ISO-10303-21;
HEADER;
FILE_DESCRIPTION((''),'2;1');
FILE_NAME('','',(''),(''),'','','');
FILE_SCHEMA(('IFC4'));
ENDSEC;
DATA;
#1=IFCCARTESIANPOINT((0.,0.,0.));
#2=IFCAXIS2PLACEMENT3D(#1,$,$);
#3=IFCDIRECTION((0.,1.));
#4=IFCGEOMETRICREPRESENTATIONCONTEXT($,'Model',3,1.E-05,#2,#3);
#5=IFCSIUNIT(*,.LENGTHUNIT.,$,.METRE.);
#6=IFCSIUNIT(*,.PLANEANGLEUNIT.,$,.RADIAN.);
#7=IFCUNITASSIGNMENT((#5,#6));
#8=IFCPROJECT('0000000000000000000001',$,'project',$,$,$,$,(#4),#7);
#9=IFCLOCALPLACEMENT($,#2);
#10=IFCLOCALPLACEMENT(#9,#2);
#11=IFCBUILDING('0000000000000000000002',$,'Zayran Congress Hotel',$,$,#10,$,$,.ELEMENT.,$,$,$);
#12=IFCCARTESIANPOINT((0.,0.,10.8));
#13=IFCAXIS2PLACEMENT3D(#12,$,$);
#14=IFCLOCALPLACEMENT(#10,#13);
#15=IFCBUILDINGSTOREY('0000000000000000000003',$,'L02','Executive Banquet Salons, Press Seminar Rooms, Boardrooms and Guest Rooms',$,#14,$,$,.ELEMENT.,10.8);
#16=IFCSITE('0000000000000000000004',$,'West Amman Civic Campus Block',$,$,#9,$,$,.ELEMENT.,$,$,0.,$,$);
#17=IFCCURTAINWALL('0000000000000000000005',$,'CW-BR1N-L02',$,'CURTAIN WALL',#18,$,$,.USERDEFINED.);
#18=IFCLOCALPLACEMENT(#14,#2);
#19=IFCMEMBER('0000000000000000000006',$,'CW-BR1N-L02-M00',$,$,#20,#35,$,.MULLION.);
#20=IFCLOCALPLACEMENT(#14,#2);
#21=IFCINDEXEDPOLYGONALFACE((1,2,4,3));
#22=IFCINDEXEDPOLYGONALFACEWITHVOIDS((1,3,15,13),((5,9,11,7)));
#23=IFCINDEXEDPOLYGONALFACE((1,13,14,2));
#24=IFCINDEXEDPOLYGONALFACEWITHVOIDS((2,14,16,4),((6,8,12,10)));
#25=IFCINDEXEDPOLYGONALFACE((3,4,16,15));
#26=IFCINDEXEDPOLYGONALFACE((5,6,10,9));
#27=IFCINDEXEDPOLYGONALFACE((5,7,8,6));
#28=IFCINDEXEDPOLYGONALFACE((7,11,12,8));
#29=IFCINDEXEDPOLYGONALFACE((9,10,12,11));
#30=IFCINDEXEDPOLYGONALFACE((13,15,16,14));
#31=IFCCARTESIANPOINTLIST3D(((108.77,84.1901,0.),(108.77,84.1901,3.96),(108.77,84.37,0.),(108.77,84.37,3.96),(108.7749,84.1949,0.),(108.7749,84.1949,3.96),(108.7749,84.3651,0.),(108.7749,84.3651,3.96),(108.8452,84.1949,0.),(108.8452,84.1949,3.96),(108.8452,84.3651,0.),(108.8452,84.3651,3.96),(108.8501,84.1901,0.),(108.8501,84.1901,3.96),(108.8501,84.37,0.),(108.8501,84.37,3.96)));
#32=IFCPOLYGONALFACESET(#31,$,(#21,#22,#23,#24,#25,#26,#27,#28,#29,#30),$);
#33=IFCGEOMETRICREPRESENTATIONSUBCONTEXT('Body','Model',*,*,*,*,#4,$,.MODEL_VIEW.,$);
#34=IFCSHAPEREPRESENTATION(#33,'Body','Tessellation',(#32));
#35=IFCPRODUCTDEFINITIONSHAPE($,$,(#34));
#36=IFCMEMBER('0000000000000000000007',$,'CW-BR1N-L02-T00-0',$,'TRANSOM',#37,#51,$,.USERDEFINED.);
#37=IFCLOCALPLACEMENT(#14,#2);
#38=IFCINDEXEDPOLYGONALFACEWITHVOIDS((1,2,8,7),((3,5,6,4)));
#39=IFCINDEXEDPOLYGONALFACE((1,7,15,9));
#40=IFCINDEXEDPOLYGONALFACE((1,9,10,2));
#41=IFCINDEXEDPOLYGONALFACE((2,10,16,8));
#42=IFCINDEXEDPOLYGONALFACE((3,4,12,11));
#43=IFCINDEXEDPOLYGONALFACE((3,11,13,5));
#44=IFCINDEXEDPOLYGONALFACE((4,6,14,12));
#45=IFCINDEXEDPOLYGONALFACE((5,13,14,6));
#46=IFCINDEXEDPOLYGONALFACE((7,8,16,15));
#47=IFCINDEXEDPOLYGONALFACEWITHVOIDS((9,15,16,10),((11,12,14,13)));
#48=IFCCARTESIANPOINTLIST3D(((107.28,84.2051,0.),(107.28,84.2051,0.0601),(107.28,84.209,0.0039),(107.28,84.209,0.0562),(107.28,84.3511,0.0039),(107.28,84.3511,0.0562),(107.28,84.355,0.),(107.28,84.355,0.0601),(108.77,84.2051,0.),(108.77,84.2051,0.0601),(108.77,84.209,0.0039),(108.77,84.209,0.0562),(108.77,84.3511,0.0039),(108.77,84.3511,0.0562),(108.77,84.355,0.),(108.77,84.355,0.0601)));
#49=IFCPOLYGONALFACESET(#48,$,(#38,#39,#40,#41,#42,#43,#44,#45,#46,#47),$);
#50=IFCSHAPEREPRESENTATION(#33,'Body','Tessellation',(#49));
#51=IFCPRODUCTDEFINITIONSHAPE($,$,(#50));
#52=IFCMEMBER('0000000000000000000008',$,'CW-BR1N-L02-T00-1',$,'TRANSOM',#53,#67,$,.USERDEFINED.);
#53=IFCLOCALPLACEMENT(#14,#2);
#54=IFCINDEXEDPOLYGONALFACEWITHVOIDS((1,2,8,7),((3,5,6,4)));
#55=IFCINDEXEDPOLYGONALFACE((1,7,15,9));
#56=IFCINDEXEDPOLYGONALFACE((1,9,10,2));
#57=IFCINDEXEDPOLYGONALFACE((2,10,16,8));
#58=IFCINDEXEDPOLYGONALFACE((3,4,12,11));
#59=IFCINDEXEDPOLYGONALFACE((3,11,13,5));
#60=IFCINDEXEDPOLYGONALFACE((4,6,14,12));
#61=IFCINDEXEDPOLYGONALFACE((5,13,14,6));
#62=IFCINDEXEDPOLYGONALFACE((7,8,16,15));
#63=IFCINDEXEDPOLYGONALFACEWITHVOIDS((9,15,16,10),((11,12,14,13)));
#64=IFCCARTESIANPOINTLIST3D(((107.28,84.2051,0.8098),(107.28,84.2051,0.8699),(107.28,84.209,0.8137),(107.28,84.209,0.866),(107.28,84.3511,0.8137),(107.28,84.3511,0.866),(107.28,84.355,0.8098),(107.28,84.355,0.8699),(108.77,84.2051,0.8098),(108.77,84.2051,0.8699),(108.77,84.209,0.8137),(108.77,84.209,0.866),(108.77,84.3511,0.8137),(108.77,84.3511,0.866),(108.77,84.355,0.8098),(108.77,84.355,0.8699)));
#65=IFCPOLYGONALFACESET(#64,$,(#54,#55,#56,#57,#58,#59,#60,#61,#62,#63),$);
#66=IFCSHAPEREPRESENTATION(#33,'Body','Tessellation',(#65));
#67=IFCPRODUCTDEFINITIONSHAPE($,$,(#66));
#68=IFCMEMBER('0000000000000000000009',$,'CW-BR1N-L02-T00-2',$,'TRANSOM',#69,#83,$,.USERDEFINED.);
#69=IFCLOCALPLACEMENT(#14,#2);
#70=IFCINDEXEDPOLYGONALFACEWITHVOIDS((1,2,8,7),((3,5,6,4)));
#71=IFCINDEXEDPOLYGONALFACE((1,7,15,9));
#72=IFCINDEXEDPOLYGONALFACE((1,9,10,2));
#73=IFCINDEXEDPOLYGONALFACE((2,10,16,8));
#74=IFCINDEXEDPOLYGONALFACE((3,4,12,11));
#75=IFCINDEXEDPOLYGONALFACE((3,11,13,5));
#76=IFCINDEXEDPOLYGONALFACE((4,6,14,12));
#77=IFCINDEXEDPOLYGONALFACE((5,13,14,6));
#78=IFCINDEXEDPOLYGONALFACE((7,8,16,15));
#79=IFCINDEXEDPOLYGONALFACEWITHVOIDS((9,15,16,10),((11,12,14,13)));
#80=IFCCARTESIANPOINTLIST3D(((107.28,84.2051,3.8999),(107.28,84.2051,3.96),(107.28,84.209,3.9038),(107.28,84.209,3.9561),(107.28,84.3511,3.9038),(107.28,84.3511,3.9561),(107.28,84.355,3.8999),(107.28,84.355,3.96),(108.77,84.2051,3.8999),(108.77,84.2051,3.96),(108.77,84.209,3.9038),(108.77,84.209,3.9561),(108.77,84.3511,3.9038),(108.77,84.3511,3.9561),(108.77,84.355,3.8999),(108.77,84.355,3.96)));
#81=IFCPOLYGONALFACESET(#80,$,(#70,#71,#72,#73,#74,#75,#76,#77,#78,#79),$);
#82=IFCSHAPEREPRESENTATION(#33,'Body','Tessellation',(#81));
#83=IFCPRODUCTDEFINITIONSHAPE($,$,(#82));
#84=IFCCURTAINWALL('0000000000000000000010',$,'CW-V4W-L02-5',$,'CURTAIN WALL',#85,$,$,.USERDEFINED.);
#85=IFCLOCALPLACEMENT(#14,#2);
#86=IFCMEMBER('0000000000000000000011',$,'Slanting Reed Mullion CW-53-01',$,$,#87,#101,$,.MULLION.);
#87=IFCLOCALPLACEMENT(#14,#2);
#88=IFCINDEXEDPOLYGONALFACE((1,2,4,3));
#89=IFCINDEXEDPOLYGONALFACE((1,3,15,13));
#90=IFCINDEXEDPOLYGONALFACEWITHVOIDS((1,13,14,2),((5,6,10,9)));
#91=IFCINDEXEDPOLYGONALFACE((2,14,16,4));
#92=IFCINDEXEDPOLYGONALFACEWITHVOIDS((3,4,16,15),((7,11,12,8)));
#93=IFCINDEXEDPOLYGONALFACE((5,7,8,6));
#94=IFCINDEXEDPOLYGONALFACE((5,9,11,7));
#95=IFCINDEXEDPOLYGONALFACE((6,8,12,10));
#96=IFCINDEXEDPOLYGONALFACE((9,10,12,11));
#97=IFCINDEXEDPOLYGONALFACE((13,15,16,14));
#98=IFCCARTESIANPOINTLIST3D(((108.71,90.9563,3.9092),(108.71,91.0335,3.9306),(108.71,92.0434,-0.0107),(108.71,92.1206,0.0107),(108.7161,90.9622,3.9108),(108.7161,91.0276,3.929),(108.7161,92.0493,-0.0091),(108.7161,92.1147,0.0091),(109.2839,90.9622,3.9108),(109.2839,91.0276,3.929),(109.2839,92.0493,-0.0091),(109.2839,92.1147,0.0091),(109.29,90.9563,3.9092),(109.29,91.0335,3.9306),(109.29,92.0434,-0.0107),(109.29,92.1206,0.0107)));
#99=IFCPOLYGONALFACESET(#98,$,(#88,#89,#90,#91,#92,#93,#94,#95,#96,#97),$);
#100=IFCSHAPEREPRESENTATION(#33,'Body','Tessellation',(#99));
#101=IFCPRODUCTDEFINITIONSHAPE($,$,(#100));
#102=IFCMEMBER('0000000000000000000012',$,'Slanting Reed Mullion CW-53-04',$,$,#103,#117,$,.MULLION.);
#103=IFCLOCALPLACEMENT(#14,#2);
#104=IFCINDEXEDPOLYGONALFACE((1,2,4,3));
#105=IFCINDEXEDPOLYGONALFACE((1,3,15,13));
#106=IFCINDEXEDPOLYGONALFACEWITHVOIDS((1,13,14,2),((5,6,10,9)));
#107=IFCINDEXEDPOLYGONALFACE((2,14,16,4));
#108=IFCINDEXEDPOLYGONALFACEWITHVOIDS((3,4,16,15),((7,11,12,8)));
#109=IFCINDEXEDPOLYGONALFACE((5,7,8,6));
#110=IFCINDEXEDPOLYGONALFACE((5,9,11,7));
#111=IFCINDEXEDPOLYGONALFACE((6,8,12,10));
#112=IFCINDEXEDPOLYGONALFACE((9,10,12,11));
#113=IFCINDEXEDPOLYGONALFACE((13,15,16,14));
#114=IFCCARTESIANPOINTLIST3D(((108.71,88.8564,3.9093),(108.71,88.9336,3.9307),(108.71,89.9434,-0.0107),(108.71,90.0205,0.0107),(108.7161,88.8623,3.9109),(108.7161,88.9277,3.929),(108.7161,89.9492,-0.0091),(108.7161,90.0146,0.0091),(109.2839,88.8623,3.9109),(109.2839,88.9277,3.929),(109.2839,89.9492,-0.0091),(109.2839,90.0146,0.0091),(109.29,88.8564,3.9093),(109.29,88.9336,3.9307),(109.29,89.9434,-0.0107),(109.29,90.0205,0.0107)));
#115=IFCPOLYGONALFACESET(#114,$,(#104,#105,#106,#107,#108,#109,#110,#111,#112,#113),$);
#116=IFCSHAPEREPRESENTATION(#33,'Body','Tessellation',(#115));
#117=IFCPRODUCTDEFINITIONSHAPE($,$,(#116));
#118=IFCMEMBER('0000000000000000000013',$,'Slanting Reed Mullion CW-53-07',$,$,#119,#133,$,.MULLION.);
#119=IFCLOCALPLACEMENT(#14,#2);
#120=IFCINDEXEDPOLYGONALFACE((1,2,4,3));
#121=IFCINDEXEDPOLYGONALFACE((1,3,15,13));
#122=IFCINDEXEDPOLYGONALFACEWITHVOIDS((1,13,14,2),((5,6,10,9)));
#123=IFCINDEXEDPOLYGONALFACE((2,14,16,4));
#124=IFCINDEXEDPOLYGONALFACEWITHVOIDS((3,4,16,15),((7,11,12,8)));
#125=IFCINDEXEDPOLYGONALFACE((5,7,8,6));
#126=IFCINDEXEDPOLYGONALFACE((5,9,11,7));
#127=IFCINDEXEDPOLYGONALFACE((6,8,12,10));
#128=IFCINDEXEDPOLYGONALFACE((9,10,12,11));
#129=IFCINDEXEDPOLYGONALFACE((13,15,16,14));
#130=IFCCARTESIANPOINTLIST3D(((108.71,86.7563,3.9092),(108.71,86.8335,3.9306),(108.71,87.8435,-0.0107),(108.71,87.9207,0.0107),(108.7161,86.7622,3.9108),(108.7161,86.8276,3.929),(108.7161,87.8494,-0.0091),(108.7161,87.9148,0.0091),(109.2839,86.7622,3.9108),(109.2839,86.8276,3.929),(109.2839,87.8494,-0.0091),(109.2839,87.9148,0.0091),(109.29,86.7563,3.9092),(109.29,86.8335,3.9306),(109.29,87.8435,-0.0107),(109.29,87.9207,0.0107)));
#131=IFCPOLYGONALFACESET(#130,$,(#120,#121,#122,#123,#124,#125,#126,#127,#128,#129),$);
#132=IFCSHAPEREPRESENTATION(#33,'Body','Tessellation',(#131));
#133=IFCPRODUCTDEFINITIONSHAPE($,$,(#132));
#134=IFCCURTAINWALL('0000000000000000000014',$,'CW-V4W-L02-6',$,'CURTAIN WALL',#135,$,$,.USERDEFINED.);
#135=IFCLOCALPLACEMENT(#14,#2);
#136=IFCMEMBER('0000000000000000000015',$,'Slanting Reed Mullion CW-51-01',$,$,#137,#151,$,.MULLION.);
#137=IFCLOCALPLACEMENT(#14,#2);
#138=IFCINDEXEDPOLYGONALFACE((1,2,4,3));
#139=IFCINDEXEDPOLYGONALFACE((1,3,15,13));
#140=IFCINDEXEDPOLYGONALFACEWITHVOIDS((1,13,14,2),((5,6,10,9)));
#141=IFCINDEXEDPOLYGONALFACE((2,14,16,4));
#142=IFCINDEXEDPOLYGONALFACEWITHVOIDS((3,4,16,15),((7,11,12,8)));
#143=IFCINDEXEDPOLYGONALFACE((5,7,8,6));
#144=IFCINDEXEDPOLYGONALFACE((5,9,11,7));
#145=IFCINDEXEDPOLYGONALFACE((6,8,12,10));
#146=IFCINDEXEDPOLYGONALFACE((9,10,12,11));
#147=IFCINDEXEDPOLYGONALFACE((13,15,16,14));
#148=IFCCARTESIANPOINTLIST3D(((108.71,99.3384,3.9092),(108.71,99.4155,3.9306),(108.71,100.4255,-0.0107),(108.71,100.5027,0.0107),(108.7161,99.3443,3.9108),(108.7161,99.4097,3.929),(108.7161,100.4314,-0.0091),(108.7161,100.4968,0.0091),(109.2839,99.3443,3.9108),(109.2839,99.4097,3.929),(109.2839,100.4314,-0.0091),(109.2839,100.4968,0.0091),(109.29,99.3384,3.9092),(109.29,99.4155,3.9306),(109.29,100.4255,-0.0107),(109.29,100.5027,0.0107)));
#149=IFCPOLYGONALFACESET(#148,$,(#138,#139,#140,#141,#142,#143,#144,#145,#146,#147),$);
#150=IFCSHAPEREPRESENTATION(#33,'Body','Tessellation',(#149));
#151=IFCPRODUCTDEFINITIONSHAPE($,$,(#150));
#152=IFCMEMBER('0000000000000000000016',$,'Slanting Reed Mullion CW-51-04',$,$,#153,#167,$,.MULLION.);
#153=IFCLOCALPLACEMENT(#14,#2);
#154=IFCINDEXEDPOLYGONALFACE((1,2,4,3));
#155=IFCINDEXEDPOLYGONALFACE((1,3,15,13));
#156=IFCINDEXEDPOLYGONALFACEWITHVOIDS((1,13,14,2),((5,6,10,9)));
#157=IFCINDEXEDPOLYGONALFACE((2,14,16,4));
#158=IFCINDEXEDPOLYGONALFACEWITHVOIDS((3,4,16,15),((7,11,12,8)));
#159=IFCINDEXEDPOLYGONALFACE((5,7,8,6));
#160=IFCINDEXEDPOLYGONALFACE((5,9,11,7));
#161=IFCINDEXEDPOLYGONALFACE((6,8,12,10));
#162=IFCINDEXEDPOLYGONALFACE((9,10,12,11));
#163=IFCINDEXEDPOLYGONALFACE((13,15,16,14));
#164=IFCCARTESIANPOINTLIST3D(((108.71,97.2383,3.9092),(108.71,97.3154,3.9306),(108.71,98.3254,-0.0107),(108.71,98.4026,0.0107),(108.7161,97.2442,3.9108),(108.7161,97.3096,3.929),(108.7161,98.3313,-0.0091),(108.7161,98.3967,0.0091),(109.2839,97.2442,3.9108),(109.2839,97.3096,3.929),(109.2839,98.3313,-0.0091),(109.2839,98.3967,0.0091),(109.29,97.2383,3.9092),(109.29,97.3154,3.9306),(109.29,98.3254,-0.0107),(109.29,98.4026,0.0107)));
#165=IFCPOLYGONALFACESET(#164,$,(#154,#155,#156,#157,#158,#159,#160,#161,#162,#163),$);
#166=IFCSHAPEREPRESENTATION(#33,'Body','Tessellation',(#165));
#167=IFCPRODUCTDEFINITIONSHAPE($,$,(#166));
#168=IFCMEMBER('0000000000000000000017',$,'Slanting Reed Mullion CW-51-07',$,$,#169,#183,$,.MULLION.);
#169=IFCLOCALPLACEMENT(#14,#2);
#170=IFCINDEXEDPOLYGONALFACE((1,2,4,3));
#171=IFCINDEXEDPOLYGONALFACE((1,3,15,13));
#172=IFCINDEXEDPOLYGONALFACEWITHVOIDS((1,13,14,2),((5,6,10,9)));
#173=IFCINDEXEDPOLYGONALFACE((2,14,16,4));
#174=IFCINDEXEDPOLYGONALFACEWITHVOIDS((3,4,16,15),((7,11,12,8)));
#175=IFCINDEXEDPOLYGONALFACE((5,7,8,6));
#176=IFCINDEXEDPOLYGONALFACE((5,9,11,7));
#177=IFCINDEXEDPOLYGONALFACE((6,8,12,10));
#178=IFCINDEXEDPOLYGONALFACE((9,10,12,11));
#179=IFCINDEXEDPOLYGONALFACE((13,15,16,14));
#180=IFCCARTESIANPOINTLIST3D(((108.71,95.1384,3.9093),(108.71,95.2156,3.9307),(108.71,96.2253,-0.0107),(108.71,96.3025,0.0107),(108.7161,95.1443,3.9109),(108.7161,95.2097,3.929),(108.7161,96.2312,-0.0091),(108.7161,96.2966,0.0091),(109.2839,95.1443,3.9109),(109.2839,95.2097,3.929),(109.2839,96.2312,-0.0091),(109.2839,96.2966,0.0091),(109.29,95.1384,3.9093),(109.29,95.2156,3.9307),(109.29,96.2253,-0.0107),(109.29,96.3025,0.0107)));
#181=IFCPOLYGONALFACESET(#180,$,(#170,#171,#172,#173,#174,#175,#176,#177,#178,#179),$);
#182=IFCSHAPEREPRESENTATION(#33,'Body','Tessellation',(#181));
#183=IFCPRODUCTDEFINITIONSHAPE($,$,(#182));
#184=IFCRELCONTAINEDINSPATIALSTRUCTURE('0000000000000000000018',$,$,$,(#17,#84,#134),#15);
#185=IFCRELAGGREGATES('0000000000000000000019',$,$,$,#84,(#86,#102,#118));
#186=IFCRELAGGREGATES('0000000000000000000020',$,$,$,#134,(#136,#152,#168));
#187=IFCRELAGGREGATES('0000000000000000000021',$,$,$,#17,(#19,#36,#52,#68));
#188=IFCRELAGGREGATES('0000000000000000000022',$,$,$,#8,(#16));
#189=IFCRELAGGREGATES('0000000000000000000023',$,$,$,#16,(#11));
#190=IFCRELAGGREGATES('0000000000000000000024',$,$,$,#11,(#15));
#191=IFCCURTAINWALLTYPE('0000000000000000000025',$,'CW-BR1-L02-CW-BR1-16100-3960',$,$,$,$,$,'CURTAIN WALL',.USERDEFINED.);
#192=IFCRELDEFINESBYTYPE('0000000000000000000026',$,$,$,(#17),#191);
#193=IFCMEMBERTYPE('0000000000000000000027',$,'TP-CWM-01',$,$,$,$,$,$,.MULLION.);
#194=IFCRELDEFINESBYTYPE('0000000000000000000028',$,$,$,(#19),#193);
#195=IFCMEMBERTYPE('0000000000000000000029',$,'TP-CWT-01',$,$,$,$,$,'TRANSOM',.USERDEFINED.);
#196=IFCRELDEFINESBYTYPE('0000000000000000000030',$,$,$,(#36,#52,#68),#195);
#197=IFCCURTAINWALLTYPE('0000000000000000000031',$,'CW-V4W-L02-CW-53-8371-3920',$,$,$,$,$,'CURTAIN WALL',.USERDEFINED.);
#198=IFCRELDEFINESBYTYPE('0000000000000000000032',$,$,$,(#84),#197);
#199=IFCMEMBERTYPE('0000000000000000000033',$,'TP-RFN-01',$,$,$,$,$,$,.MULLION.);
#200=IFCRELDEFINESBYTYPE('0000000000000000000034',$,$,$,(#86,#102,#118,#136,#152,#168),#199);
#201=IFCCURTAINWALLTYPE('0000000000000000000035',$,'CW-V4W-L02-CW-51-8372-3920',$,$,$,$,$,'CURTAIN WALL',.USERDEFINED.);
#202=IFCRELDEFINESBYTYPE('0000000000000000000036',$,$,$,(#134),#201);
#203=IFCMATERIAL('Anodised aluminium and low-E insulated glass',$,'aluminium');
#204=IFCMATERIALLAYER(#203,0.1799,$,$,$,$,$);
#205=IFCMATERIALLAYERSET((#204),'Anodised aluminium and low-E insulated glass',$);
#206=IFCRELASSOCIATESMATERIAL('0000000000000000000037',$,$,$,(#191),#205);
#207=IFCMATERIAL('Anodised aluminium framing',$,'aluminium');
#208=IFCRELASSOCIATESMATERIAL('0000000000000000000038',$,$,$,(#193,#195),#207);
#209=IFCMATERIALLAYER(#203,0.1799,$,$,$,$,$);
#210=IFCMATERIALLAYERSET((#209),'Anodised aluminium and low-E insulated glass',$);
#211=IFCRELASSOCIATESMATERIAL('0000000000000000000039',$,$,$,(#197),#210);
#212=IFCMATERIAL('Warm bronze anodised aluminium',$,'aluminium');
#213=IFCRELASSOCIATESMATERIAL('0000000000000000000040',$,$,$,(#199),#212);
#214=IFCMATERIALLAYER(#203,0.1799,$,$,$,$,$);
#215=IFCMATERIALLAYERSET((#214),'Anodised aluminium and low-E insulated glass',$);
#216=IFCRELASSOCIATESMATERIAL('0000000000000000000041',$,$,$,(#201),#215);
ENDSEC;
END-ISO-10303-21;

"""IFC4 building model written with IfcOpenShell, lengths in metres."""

from ifc_helpers import new_model, si_unit, direction, frame, origin, origin_2d, place, context, subcontext, project, spatial, hollow_rectangle, extrude, material, layer, layer_set, material_profile, profile_set, type_object, element, aggregate, save


model = new_model("IFC4")

# Units and contexts
model_context = context("Model", 3, precision=1e-05, world=origin(), true_north=direction((0.0, 1.0)))
body_context = subcontext(model_context, "Body", "Model", "MODEL_VIEW")
ifc_project = project(units=[si_unit("LENGTHUNIT", "METRE"), si_unit("PLANEANGLEUNIT", "RADIAN")], contexts=[model_context])

# Site, building, storey
site_placement = place(None, origin())
site = spatial("IfcSite", under=ifc_project, at=site_placement, Name="West Amman Civic Campus Block", CompositionType="ELEMENT", RefElevation=0.0)
building_placement = place(site_placement, origin())
building = spatial("IfcBuilding", under=site, at=building_placement, Name="Zayran Congress Hotel", CompositionType="ELEMENT")
storey_placement = place(building_placement, frame((0.0, 0.0, 10.8)))
storey = spatial("IfcBuildingStorey", under=building, at=storey_placement, Name="L02", Description="Executive Banquet Salons, Press Seminar Rooms, Boardrooms and Guest Rooms", CompositionType="ELEMENT", Elevation=10.8)

# Curtain walls, members
ifc_material_1 = material(Name="Anodised aluminium and low-E insulated glass", Category="aluminium")
ifc_layer_1 = layer(ifc_material_1, 0.1799)
ifc_layer_set_1 = layer_set([ifc_layer_1], Name="Anodised aluminium and low-E insulated glass")
curtain_wall_type_1 = type_object("IfcCurtainWallType", Name="CW-BR1-L02-CW-BR1-16100-3960", ElementType="CURTAIN WALL", PredefinedType="USERDEFINED", material=ifc_layer_set_1)
curtain_wall_1_placement = place(storey_placement, origin())
curtain_wall_1 = element("IfcCurtainWall", 1, at=curtain_wall_1_placement, inside=storey, type_object=curtain_wall_type_1, Name="CW-BR1N-L02", ObjectType="CURTAIN WALL", PredefinedType="USERDEFINED")
ifc_material_2 = material(Name="Anodised aluminium framing", Category="aluminium")
ifc_material_profile_1 = material_profile(ifc_material_2, hollow_rectangle(XDim=0.0801, YDim=0.1799, WallThickness=0.0049, at=origin_2d()), Name="RHS 180x80x5")
ifc_profile_set_1 = profile_set([ifc_material_profile_1], Name="Anodised aluminium framing")
member_type_1 = type_object("IfcMemberType", Name="TP-CWM-01", PredefinedType="MULLION", material=ifc_profile_set_1)
member_1_placement = place(storey_placement, frame((108.8101, 84.28, 0.0), z_axis=(0.0, 0.0, 1.0), x_axis=(1.0, 0.0, 0.0)))
member_1 = element("IfcMember", 2, at=member_1_placement, type_object=member_type_1, Name="CW-BR1N-L02-M00", PredefinedType="MULLION", context=body_context, shape_type="SweptSolid", body=[
    extrude(hollow_rectangle(XDim=0.0801, YDim=0.1799, WallThickness=0.0049, at=origin_2d()), origin(), (0.0, 0.0, 1.0), 3.96),
])
ifc_material_profile_2 = material_profile(ifc_material_2, hollow_rectangle(XDim=0.0601, YDim=0.1499, WallThickness=0.0039, at=origin_2d()), Name="RHS 150x60x4")
ifc_profile_set_2 = profile_set([ifc_material_profile_2], Name="Anodised aluminium framing")
member_type_2 = type_object("IfcMemberType", Name="TP-CWT-01", ElementType="TRANSOM", PredefinedType="USERDEFINED", material=ifc_profile_set_2)
member_2_placement = place(storey_placement, frame((108.77, 84.28, 0.03), z_axis=(-1.0, 0.0, 0.0), x_axis=(0.0, 0.0, 1.0)))
member_2 = element("IfcMember", 3, at=member_2_placement, type_object=member_type_2, Name="CW-BR1N-L02-T00-0", ObjectType="TRANSOM", PredefinedType="USERDEFINED", context=body_context, shape_type="SweptSolid", body=[
    extrude(hollow_rectangle(XDim=0.0601, YDim=0.1499, WallThickness=0.0039, at=origin_2d()), origin(), (0.0, 0.0, 1.0), 1.49),
])
member_3_placement = place(storey_placement, frame((108.77, 84.28, 0.8398), z_axis=(-1.0, 0.0, 0.0), x_axis=(0.0, 0.0, 1.0)))
member_3 = element("IfcMember", 4, at=member_3_placement, type_object=member_type_2, Name="CW-BR1N-L02-T00-1", ObjectType="TRANSOM", PredefinedType="USERDEFINED", context=body_context, shape_type="SweptSolid", body=[
    extrude(hollow_rectangle(XDim=0.0601, YDim=0.1499, WallThickness=0.0039, at=origin_2d()), origin(), (0.0, 0.0, 1.0), 1.49),
])
member_4_placement = place(storey_placement, frame((108.77, 84.28, 3.9299), z_axis=(-1.0, 0.0, 0.0), x_axis=(0.0, 0.0, 1.0)))
member_4 = element("IfcMember", 5, at=member_4_placement, type_object=member_type_2, Name="CW-BR1N-L02-T00-2", ObjectType="TRANSOM", PredefinedType="USERDEFINED", context=body_context, shape_type="SweptSolid", body=[
    extrude(hollow_rectangle(XDim=0.0601, YDim=0.1499, WallThickness=0.0039, at=origin_2d()), origin(), (0.0, 0.0, 1.0), 1.49),
])
ifc_layer_2 = layer(ifc_material_1, 0.1799)
ifc_layer_set_2 = layer_set([ifc_layer_2], Name="Anodised aluminium and low-E insulated glass")
curtain_wall_type_2 = type_object("IfcCurtainWallType", Name="CW-V4W-L02-CW-53-8371-3920", ElementType="CURTAIN WALL", PredefinedType="USERDEFINED", material=ifc_layer_set_2)
curtain_wall_2_placement = place(storey_placement, origin())
curtain_wall_2 = element("IfcCurtainWall", 6, at=curtain_wall_2_placement, inside=storey, type_object=curtain_wall_type_2, Name="CW-V4W-L02-5", ObjectType="CURTAIN WALL", PredefinedType="USERDEFINED")
ifc_material_3 = material(Name="Warm bronze anodised aluminium", Category="aluminium")
ifc_material_profile_3 = material_profile(ifc_material_3, hollow_rectangle(XDim=0.0801, YDim=0.5801, WallThickness=0.0061, at=origin_2d()), Name="RHS 580x80x6")
ifc_profile_set_3 = profile_set([ifc_material_profile_3], Name="Warm bronze anodised aluminium")
member_type_3 = type_object("IfcMemberType", Name="TP-RFN-01", PredefinedType="MULLION", material=ifc_profile_set_3)
member_5_placement = place(storey_placement, frame((109.0, 92.082, 0.0), z_axis=(0.0, -0.267254, 0.963626), x_axis=(0.0, 0.963626, 0.267254)))
member_5 = element("IfcMember", 7, at=member_5_placement, type_object=member_type_3, Name="Slanting Reed Mullion CW-53-01", PredefinedType="MULLION", context=body_context, shape_type="SweptSolid", body=[
    extrude(hollow_rectangle(XDim=0.0801, YDim=0.5801, WallThickness=0.0061, at=origin_2d()), origin(), (0.0, 0.0, 1.0), 4.0679),
])
member_6_placement = place(storey_placement, frame((109.0, 89.9819, 0.0), z_axis=(0.0, -0.267198, 0.963642), x_axis=(0.0, 0.963642, 0.267198)))
member_6 = element("IfcMember", 8, at=member_6_placement, type_object=member_type_3, Name="Slanting Reed Mullion CW-53-04", PredefinedType="MULLION", context=body_context, shape_type="SweptSolid", body=[
    extrude(hollow_rectangle(XDim=0.0801, YDim=0.5801, WallThickness=0.0061, at=origin_2d()), origin(), (0.0, 0.0, 1.0), 4.0679),
])
member_7_placement = place(storey_placement, frame((109.0, 87.8821, 0.0), z_axis=(0.0, -0.267254, 0.963626), x_axis=(0.0, 0.963626, 0.267254)))
member_7 = element("IfcMember", 9, at=member_7_placement, type_object=member_type_3, Name="Slanting Reed Mullion CW-53-07", PredefinedType="MULLION", context=body_context, shape_type="SweptSolid", body=[
    extrude(hollow_rectangle(XDim=0.0801, YDim=0.5801, WallThickness=0.0061, at=origin_2d()), origin(), (0.0, 0.0, 1.0), 4.0679),
])
ifc_layer_3 = layer(ifc_material_1, 0.1799)
ifc_layer_set_3 = layer_set([ifc_layer_3], Name="Anodised aluminium and low-E insulated glass")
curtain_wall_type_3 = type_object("IfcCurtainWallType", Name="CW-V4W-L02-CW-51-8372-3920", ElementType="CURTAIN WALL", PredefinedType="USERDEFINED", material=ifc_layer_set_3)
curtain_wall_3_placement = place(storey_placement, origin())
curtain_wall_3 = element("IfcCurtainWall", 10, at=curtain_wall_3_placement, inside=storey, type_object=curtain_wall_type_3, Name="CW-V4W-L02-6", ObjectType="CURTAIN WALL", PredefinedType="USERDEFINED")
member_8_placement = place(storey_placement, frame((109.0, 100.4641, 0.0), z_axis=(0.0, -0.267254, 0.963626), x_axis=(0.0, 0.963626, 0.267254)))
member_8 = element("IfcMember", 11, at=member_8_placement, type_object=member_type_3, Name="Slanting Reed Mullion CW-51-01", PredefinedType="MULLION", context=body_context, shape_type="SweptSolid", body=[
    extrude(hollow_rectangle(XDim=0.0801, YDim=0.5801, WallThickness=0.0061, at=origin_2d()), origin(), (0.0, 0.0, 1.0), 4.0679),
])
member_9_placement = place(storey_placement, frame((109.0, 98.364, 0.0), z_axis=(0.0, -0.267254, 0.963626), x_axis=(0.0, 0.963626, 0.267254)))
member_9 = element("IfcMember", 12, at=member_9_placement, type_object=member_type_3, Name="Slanting Reed Mullion CW-51-04", PredefinedType="MULLION", context=body_context, shape_type="SweptSolid", body=[
    extrude(hollow_rectangle(XDim=0.0801, YDim=0.5801, WallThickness=0.0061, at=origin_2d()), origin(), (0.0, 0.0, 1.0), 4.0679),
])
member_10_placement = place(storey_placement, frame((109.0, 96.2639, 0.0), z_axis=(0.0, -0.267198, 0.963642), x_axis=(0.0, 0.963642, 0.267198)))
member_10 = element("IfcMember", 13, at=member_10_placement, type_object=member_type_3, Name="Slanting Reed Mullion CW-51-07", PredefinedType="MULLION", context=body_context, shape_type="SweptSolid", body=[
    extrude(hollow_rectangle(XDim=0.0801, YDim=0.5801, WallThickness=0.0061, at=origin_2d()), origin(), (0.0, 0.0, 1.0), 4.0679),
])

aggregate(curtain_wall_2, [member_5, member_6, member_7])
aggregate(curtain_wall_3, [member_8, member_9, member_10])

aggregate(curtain_wall_1, [member_1, member_2, member_3, member_4])

save(model, "model.ifc")
